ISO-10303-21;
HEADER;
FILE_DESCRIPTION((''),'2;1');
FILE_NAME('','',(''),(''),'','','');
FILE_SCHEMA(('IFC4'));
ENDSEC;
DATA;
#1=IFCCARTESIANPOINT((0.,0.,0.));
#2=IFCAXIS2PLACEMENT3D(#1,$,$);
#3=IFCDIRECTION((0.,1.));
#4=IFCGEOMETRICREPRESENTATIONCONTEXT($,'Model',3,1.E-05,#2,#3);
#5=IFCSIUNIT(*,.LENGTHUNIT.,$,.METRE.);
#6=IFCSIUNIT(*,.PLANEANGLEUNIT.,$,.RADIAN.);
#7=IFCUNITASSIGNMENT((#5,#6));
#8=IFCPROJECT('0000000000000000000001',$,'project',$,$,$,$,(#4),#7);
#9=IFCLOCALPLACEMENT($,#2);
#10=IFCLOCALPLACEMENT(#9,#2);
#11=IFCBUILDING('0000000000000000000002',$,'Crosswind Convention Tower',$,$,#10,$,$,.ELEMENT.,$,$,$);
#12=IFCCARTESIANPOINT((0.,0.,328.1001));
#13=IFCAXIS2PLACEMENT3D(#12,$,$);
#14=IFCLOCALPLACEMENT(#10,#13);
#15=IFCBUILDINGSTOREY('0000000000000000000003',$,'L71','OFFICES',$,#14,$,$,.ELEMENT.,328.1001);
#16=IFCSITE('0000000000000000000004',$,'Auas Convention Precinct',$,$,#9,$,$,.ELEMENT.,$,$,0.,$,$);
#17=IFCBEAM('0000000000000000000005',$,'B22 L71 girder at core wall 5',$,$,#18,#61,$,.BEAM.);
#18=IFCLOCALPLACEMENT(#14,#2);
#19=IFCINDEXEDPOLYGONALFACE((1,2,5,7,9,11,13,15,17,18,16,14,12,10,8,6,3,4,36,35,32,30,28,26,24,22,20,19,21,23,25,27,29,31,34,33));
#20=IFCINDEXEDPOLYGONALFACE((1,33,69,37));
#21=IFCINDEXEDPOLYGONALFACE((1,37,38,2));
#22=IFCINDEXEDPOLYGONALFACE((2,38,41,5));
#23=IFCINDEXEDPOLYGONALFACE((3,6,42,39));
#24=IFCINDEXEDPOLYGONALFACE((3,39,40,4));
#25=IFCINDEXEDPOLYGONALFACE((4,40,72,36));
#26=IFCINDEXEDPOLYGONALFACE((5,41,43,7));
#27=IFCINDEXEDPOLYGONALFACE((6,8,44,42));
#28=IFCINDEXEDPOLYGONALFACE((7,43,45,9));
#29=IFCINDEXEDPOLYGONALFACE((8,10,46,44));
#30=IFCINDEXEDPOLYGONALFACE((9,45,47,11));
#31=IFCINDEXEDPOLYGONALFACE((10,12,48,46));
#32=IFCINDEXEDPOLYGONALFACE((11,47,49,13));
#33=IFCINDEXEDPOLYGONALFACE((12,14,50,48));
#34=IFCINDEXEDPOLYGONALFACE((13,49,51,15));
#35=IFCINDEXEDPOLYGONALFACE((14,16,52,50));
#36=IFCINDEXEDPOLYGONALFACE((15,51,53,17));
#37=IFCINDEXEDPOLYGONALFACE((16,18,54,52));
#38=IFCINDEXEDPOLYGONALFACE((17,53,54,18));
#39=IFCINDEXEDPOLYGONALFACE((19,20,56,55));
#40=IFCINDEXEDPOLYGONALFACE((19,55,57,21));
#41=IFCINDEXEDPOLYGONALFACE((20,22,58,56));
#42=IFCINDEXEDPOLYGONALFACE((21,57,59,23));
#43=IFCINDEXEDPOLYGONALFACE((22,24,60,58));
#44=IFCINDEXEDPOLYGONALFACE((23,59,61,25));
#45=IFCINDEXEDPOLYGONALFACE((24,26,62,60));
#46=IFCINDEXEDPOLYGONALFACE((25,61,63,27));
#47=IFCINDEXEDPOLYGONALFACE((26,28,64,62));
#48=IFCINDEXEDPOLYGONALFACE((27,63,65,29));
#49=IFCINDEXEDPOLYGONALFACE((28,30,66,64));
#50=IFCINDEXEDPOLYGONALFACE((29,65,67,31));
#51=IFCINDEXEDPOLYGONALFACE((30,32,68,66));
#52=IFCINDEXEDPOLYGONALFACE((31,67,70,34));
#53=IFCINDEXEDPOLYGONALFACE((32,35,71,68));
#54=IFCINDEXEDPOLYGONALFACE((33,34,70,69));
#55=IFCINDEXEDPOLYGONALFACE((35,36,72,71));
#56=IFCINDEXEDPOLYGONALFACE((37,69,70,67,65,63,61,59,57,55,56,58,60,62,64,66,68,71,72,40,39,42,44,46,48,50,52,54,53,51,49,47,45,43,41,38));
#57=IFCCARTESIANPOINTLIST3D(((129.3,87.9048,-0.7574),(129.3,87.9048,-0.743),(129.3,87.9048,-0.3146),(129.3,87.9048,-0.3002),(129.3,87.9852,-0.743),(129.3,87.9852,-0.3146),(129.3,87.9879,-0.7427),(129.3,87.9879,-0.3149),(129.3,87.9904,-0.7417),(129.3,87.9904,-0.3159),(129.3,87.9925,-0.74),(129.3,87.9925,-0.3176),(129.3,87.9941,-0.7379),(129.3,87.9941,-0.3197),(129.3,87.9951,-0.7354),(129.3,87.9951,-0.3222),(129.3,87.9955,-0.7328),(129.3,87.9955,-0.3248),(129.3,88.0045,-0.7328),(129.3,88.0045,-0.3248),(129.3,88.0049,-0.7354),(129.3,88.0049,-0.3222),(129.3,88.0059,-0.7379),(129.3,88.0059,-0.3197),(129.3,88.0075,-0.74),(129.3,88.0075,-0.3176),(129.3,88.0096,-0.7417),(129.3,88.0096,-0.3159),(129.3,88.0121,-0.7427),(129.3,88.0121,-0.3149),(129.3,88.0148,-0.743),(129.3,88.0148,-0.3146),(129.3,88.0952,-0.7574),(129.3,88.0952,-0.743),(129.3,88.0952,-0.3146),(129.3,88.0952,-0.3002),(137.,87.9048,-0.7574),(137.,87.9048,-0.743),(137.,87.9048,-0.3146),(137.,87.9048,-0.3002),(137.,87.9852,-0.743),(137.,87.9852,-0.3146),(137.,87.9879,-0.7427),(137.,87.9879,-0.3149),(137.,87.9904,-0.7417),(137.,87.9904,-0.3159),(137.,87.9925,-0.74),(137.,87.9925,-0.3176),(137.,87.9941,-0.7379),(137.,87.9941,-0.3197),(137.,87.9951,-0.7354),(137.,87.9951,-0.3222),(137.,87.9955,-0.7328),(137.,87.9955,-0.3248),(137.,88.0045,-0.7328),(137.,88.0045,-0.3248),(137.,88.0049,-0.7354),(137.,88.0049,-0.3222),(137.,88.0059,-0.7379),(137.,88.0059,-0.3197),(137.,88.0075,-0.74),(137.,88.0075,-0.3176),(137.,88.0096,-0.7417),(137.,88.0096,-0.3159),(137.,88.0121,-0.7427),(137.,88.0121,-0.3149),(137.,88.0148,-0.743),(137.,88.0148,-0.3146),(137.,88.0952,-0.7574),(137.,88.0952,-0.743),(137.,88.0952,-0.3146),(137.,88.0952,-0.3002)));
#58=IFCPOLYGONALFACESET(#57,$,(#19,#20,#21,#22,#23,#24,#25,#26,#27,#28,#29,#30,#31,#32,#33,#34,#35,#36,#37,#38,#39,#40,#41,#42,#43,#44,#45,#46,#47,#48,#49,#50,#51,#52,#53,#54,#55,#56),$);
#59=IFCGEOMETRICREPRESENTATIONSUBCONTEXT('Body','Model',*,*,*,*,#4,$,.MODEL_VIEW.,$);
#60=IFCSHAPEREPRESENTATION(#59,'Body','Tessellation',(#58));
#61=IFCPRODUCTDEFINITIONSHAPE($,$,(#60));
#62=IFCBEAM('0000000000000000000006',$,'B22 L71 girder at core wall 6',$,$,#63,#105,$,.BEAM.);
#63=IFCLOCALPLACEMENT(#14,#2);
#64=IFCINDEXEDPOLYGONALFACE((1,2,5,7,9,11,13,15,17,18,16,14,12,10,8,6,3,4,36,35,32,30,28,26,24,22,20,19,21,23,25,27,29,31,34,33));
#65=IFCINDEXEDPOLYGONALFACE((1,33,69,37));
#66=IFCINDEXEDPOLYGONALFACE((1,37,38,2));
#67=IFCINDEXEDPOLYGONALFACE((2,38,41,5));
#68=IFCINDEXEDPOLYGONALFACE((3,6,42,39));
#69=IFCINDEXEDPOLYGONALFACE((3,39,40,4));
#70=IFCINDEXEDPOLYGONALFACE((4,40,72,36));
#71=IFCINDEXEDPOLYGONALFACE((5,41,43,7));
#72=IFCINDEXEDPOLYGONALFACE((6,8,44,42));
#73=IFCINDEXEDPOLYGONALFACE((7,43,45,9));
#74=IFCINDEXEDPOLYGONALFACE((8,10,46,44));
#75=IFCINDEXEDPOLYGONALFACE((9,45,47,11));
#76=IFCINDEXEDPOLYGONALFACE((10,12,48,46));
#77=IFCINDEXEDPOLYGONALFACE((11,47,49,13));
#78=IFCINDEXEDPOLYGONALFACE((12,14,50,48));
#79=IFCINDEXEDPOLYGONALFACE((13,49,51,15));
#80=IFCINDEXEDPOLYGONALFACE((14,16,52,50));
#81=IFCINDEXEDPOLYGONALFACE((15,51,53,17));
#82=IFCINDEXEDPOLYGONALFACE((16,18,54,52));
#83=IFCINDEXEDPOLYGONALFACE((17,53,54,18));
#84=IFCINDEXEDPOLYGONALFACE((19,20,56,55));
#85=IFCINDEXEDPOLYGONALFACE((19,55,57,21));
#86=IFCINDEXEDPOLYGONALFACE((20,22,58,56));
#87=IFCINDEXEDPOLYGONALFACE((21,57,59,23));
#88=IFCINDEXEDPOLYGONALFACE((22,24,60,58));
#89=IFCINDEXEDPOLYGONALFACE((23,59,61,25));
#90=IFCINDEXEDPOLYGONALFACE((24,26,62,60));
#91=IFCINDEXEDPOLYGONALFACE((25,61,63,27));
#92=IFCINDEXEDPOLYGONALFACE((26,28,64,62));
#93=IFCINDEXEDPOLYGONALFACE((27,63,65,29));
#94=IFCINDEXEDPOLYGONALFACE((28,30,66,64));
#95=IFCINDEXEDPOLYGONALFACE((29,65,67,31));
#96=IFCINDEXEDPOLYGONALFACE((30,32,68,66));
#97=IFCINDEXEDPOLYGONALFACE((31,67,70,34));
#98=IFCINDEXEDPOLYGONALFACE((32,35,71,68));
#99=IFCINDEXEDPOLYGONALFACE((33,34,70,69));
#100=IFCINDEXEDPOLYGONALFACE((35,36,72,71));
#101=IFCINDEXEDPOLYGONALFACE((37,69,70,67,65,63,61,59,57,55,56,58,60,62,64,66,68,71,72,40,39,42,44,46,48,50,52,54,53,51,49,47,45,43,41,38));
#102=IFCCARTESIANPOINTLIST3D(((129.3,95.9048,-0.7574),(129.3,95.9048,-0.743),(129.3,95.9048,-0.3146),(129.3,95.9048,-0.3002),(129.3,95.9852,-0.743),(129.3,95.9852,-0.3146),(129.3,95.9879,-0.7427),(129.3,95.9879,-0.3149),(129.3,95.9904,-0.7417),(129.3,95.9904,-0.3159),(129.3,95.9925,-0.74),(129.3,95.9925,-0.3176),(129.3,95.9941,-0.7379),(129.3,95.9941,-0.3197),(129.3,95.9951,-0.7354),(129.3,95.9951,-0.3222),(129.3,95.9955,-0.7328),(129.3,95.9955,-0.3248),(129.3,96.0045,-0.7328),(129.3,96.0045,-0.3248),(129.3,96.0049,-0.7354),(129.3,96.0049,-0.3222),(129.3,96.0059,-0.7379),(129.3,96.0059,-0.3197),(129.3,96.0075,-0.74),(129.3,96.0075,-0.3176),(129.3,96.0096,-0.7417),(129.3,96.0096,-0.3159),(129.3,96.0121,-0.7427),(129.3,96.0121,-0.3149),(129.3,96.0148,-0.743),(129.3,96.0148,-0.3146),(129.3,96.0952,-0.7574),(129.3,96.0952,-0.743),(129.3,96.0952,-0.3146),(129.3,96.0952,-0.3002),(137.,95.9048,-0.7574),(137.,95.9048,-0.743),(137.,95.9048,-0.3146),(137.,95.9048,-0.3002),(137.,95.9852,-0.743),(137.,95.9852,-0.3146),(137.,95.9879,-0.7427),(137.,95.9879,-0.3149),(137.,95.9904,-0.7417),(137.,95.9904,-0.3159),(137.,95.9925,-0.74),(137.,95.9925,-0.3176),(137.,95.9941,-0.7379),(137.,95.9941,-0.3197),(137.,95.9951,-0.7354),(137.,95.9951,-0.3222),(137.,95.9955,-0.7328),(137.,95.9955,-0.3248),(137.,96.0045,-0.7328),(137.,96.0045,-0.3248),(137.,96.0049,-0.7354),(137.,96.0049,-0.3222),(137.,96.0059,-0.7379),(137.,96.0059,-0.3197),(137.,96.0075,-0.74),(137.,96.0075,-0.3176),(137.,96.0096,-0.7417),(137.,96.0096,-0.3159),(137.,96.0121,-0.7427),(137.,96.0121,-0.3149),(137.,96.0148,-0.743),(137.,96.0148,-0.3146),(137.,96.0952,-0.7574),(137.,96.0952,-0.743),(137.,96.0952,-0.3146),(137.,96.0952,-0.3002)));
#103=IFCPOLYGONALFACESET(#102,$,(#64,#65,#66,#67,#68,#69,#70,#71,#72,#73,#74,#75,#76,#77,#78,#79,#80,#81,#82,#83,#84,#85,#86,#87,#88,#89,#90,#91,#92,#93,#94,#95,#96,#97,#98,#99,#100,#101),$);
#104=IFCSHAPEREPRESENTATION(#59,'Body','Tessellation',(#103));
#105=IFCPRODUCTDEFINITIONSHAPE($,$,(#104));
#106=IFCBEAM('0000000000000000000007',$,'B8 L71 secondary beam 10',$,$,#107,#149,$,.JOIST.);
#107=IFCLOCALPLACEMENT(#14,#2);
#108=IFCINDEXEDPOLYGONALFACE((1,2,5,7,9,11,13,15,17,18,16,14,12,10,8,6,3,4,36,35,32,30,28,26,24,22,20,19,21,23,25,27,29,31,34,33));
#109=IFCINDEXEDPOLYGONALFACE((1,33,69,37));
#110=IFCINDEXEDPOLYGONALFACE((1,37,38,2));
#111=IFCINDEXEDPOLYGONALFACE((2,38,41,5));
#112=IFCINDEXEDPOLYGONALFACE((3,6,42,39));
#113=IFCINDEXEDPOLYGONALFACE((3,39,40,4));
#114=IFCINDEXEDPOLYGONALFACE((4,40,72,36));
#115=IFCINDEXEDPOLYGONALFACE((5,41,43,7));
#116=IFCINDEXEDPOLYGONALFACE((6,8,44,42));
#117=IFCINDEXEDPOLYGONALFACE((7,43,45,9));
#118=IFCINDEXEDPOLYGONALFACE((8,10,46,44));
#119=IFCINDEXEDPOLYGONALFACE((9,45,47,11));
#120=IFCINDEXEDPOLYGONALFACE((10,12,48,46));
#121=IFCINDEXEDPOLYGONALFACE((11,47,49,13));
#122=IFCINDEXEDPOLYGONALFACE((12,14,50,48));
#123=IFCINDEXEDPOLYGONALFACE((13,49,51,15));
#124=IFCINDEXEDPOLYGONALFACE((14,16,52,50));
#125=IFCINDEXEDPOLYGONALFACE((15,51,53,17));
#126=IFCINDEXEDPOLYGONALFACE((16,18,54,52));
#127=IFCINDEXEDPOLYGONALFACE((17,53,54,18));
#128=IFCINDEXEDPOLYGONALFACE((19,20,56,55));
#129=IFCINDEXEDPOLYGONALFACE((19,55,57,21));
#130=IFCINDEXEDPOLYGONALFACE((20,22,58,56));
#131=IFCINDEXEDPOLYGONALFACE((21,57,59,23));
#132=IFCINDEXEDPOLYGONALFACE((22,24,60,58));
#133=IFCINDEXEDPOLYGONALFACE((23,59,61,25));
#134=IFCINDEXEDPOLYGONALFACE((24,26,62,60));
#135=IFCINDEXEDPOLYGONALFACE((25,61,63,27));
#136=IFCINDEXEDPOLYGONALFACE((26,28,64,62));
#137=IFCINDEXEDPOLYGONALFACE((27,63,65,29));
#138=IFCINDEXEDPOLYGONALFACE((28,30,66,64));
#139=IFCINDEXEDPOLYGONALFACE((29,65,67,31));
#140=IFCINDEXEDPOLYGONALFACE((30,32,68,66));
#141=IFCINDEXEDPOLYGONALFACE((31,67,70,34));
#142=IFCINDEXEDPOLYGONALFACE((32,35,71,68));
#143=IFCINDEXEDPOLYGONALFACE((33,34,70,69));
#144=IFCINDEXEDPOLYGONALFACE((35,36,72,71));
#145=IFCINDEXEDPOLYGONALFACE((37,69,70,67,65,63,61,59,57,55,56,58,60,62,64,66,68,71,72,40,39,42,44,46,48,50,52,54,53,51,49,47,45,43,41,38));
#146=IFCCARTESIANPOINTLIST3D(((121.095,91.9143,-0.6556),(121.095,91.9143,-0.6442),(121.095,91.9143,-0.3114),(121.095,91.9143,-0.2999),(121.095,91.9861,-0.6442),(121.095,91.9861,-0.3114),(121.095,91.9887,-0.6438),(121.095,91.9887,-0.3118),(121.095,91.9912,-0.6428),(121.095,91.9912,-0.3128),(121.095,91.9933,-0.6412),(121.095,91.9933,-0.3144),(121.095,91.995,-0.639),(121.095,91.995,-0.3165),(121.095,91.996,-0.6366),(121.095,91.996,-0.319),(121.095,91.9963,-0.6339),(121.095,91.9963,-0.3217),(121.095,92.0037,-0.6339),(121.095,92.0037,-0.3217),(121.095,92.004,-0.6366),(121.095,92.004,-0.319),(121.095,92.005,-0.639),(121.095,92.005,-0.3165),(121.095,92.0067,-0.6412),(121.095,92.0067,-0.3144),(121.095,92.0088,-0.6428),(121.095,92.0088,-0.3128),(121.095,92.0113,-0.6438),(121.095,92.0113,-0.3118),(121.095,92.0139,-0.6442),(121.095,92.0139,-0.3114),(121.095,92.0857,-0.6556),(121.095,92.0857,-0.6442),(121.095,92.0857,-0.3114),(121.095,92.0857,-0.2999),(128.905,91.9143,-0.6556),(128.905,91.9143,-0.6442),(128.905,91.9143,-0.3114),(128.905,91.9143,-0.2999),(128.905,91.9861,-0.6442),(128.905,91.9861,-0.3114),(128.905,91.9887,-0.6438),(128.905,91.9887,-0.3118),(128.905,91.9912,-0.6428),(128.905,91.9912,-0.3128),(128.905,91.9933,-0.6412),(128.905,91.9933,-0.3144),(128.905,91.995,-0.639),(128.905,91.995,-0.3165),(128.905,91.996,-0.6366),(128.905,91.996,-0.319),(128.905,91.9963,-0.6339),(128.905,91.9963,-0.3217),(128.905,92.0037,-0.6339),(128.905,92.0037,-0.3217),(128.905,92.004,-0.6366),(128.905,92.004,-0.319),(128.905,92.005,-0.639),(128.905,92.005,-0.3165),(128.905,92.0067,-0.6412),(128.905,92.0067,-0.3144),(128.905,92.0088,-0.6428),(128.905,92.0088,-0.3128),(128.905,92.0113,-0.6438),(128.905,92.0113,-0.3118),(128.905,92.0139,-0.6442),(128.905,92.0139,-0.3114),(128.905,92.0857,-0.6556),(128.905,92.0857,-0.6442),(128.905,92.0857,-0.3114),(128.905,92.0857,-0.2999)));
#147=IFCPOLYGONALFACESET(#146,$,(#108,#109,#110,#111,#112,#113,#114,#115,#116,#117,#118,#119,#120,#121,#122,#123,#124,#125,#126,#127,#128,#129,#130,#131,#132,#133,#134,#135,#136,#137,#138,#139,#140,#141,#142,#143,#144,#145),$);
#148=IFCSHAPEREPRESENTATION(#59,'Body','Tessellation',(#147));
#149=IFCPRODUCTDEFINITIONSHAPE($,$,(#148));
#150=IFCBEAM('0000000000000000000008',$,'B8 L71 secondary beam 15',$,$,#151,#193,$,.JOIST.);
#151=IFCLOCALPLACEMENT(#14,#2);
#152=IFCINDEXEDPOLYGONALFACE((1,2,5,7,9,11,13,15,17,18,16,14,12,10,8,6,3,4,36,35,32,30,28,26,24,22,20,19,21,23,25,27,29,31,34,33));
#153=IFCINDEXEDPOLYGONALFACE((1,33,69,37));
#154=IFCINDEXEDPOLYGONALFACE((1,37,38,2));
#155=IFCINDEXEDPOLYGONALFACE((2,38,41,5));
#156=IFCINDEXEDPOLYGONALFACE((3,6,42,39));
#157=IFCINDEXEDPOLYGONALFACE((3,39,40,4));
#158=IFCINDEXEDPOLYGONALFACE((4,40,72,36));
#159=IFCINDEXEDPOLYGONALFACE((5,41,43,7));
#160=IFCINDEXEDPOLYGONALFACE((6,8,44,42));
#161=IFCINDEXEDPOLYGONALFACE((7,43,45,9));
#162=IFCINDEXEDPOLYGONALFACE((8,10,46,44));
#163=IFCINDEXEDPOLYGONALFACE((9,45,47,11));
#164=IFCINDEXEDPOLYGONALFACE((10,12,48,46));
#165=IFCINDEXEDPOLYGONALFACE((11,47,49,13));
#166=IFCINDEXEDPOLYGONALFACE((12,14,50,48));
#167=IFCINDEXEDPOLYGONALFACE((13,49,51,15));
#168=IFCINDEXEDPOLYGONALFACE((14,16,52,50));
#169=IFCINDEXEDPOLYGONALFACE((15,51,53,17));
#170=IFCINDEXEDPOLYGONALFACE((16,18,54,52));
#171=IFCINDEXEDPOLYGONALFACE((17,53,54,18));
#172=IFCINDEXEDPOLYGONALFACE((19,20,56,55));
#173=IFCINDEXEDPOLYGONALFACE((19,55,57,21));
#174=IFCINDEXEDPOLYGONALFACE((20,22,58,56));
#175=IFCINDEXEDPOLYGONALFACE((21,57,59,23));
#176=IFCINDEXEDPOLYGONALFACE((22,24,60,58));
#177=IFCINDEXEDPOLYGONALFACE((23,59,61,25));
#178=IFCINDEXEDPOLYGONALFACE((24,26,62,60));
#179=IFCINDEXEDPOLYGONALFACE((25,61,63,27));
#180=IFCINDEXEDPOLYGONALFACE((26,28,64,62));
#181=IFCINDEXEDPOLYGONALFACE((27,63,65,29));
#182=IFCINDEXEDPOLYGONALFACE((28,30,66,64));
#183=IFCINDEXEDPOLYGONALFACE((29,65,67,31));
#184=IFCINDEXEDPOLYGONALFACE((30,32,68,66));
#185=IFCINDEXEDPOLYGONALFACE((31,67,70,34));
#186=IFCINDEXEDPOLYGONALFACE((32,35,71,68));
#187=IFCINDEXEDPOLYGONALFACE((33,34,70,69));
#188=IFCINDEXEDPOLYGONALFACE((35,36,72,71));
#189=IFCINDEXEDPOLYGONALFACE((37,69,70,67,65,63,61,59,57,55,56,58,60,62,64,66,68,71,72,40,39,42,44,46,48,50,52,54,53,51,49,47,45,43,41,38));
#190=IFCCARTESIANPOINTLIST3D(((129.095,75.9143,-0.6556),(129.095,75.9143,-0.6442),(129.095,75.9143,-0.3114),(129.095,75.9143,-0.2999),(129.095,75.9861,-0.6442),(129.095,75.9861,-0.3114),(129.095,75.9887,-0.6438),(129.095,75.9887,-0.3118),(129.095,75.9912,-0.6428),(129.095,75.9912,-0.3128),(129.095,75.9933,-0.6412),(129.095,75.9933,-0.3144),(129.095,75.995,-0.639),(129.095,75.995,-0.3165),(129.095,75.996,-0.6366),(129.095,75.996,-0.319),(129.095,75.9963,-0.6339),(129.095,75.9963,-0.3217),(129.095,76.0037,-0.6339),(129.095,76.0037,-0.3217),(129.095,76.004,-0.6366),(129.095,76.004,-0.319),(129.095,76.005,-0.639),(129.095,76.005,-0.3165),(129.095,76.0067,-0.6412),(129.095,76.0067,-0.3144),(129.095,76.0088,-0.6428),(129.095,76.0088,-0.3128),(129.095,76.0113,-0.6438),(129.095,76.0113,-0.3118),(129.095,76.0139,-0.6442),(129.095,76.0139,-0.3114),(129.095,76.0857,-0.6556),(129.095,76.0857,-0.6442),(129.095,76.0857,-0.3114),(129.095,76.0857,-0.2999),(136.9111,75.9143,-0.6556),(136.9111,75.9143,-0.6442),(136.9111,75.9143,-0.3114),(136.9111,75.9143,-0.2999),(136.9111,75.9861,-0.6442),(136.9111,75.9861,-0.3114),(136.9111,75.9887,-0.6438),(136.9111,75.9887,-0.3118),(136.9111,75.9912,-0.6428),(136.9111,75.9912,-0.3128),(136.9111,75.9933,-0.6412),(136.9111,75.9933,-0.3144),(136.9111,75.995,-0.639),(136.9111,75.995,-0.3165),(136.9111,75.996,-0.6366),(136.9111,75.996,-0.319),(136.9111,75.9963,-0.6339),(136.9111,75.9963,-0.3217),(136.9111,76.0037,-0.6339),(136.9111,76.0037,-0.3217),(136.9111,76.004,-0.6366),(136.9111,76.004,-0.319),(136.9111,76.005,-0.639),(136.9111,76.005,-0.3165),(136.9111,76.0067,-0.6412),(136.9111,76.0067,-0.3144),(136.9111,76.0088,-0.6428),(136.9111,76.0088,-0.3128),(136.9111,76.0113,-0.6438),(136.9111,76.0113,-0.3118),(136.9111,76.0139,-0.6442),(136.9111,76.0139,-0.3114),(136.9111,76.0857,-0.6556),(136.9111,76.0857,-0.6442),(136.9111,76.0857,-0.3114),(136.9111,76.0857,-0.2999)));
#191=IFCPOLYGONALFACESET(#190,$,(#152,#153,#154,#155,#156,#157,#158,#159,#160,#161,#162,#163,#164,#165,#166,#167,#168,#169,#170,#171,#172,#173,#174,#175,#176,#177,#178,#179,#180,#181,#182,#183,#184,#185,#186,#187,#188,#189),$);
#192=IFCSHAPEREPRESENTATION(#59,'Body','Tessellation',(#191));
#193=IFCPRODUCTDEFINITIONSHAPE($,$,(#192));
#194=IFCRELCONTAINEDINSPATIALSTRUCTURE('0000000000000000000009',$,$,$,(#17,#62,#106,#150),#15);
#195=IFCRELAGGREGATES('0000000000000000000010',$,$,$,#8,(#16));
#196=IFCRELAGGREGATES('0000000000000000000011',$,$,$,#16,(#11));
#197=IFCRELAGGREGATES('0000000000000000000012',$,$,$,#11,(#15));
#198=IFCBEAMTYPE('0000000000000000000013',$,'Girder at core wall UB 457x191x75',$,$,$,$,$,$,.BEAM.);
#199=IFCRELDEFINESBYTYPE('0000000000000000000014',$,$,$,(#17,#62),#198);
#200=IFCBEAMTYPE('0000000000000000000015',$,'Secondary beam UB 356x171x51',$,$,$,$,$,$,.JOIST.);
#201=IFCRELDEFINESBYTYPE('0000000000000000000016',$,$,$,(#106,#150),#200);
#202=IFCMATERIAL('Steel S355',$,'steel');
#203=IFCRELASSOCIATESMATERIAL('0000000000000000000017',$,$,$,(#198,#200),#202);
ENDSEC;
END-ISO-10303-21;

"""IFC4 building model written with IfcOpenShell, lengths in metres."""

from ifc_helpers import new_model, si_unit, direction, frame, origin, origin_2d, place, context, subcontext, project, spatial, i_section, extrude, material, material_profile, profile_set, type_object, element, save


model = new_model("IFC4")

# Units and contexts
model_context = context("Model", 3, precision=1e-05, world=origin(), true_north=direction((0.0, 1.0)))
body_context = subcontext(model_context, "Body", "Model", "MODEL_VIEW")
ifc_project = project(units=[si_unit("LENGTHUNIT", "METRE"), si_unit("PLANEANGLEUNIT", "RADIAN")], contexts=[model_context])

# Site, building, storey
site_placement = place(None, origin())
site = spatial("IfcSite", under=ifc_project, at=site_placement, Name="Auas Convention Precinct", CompositionType="ELEMENT", RefElevation=0.0)
building_placement = place(site_placement, origin())
building = spatial("IfcBuilding", under=site, at=building_placement, Name="Crosswind Convention Tower", CompositionType="ELEMENT")
storey_placement = place(building_placement, frame((0.0, 0.0, 328.1001)))
storey = spatial("IfcBuildingStorey", under=building, at=storey_placement, Name="L71", Description="OFFICES", CompositionType="ELEMENT", Elevation=328.1001)

# Beams
ifc_material_1 = material(Name="Steel S355", Category="steel")
ifc_material_profile_1 = material_profile(ifc_material_1, i_section(OverallWidth=0.1904, OverallDepth=0.4573, WebThickness=0.009, FlangeThickness=0.0144, FilletRadius=0.0103, at=origin_2d()), Name="UB 457x191x75")
ifc_profile_set_1 = profile_set([ifc_material_profile_1], Name="Steel S355")
beam_type_1 = type_object("IfcBeamType", Name="Girder at core wall UB 457x191x75", PredefinedType="BEAM", material=ifc_profile_set_1)
for number, where, z_axis, x_axis, name in (
    (1, (129.3, 88.0, -0.5288), (1.0, 0.0, 0.0), (0.0, 1.0, 0.0), "B22 L71 girder at core wall 5"),
    (2, (129.3, 96.0, -0.5288), (1.0, 0.0, 0.0), (0.0, 1.0, 0.0), "B22 L71 girder at core wall 6"),
):
    element("IfcBeam", number, at=place(storey_placement, frame(where, z_axis=z_axis, x_axis=x_axis)), inside=storey, type_object=beam_type_1, Name=name, PredefinedType="BEAM", context=body_context, shape_type="SweptSolid", body=[
        extrude(i_section(OverallWidth=0.1904, OverallDepth=0.4573, WebThickness=0.009, FlangeThickness=0.0144, FilletRadius=0.0103, at=origin_2d()), origin(), (0.0, 0.0, 1.0), 7.7),
    ])
ifc_material_profile_2 = material_profile(ifc_material_1, i_section(OverallWidth=0.1714, OverallDepth=0.3557, WebThickness=0.0073, FlangeThickness=0.0115, FilletRadius=0.0103, at=origin_2d()), Name="UB 356x171x51")
ifc_profile_set_2 = profile_set([ifc_material_profile_2], Name="Steel S355")
beam_type_2 = type_object("IfcBeamType", Name="Secondary beam UB 356x171x51", PredefinedType="JOIST", material=ifc_profile_set_2)
beam_1_placement = place(storey_placement, frame((121.095, 92.0, -0.4778), z_axis=(1.0, 0.0, 0.0), x_axis=(0.0, 1.0, 0.0)))
element("IfcBeam", 3, at=beam_1_placement, inside=storey, type_object=beam_type_2, Name="B8 L71 secondary beam 10", PredefinedType="JOIST", context=body_context, shape_type="SweptSolid", body=[
    extrude(i_section(OverallWidth=0.1714, OverallDepth=0.3557, WebThickness=0.0073, FlangeThickness=0.0115, FilletRadius=0.0103, at=origin_2d()), origin(), (0.0, 0.0, 1.0), 7.8101),
])
for number, where, z_axis, x_axis, name in (
    (4, (129.095, 76.0, -0.4778), (1.0, 0.0, 0.0), (0.0, 1.0, 0.0), "B8 L71 secondary beam 15"),
):
    element("IfcBeam", number, at=place(storey_placement, frame(where, z_axis=z_axis, x_axis=x_axis)), inside=storey, type_object=beam_type_2, Name=name, PredefinedType="JOIST", context=body_context, shape_type="SweptSolid", body=[
        extrude(i_section(OverallWidth=0.1714, OverallDepth=0.3557, WebThickness=0.0073, FlangeThickness=0.0115, FilletRadius=0.0103, at=origin_2d()), origin(), (0.0, 0.0, 1.0), 7.8162),
    ])

save(model, "model.ifc")
